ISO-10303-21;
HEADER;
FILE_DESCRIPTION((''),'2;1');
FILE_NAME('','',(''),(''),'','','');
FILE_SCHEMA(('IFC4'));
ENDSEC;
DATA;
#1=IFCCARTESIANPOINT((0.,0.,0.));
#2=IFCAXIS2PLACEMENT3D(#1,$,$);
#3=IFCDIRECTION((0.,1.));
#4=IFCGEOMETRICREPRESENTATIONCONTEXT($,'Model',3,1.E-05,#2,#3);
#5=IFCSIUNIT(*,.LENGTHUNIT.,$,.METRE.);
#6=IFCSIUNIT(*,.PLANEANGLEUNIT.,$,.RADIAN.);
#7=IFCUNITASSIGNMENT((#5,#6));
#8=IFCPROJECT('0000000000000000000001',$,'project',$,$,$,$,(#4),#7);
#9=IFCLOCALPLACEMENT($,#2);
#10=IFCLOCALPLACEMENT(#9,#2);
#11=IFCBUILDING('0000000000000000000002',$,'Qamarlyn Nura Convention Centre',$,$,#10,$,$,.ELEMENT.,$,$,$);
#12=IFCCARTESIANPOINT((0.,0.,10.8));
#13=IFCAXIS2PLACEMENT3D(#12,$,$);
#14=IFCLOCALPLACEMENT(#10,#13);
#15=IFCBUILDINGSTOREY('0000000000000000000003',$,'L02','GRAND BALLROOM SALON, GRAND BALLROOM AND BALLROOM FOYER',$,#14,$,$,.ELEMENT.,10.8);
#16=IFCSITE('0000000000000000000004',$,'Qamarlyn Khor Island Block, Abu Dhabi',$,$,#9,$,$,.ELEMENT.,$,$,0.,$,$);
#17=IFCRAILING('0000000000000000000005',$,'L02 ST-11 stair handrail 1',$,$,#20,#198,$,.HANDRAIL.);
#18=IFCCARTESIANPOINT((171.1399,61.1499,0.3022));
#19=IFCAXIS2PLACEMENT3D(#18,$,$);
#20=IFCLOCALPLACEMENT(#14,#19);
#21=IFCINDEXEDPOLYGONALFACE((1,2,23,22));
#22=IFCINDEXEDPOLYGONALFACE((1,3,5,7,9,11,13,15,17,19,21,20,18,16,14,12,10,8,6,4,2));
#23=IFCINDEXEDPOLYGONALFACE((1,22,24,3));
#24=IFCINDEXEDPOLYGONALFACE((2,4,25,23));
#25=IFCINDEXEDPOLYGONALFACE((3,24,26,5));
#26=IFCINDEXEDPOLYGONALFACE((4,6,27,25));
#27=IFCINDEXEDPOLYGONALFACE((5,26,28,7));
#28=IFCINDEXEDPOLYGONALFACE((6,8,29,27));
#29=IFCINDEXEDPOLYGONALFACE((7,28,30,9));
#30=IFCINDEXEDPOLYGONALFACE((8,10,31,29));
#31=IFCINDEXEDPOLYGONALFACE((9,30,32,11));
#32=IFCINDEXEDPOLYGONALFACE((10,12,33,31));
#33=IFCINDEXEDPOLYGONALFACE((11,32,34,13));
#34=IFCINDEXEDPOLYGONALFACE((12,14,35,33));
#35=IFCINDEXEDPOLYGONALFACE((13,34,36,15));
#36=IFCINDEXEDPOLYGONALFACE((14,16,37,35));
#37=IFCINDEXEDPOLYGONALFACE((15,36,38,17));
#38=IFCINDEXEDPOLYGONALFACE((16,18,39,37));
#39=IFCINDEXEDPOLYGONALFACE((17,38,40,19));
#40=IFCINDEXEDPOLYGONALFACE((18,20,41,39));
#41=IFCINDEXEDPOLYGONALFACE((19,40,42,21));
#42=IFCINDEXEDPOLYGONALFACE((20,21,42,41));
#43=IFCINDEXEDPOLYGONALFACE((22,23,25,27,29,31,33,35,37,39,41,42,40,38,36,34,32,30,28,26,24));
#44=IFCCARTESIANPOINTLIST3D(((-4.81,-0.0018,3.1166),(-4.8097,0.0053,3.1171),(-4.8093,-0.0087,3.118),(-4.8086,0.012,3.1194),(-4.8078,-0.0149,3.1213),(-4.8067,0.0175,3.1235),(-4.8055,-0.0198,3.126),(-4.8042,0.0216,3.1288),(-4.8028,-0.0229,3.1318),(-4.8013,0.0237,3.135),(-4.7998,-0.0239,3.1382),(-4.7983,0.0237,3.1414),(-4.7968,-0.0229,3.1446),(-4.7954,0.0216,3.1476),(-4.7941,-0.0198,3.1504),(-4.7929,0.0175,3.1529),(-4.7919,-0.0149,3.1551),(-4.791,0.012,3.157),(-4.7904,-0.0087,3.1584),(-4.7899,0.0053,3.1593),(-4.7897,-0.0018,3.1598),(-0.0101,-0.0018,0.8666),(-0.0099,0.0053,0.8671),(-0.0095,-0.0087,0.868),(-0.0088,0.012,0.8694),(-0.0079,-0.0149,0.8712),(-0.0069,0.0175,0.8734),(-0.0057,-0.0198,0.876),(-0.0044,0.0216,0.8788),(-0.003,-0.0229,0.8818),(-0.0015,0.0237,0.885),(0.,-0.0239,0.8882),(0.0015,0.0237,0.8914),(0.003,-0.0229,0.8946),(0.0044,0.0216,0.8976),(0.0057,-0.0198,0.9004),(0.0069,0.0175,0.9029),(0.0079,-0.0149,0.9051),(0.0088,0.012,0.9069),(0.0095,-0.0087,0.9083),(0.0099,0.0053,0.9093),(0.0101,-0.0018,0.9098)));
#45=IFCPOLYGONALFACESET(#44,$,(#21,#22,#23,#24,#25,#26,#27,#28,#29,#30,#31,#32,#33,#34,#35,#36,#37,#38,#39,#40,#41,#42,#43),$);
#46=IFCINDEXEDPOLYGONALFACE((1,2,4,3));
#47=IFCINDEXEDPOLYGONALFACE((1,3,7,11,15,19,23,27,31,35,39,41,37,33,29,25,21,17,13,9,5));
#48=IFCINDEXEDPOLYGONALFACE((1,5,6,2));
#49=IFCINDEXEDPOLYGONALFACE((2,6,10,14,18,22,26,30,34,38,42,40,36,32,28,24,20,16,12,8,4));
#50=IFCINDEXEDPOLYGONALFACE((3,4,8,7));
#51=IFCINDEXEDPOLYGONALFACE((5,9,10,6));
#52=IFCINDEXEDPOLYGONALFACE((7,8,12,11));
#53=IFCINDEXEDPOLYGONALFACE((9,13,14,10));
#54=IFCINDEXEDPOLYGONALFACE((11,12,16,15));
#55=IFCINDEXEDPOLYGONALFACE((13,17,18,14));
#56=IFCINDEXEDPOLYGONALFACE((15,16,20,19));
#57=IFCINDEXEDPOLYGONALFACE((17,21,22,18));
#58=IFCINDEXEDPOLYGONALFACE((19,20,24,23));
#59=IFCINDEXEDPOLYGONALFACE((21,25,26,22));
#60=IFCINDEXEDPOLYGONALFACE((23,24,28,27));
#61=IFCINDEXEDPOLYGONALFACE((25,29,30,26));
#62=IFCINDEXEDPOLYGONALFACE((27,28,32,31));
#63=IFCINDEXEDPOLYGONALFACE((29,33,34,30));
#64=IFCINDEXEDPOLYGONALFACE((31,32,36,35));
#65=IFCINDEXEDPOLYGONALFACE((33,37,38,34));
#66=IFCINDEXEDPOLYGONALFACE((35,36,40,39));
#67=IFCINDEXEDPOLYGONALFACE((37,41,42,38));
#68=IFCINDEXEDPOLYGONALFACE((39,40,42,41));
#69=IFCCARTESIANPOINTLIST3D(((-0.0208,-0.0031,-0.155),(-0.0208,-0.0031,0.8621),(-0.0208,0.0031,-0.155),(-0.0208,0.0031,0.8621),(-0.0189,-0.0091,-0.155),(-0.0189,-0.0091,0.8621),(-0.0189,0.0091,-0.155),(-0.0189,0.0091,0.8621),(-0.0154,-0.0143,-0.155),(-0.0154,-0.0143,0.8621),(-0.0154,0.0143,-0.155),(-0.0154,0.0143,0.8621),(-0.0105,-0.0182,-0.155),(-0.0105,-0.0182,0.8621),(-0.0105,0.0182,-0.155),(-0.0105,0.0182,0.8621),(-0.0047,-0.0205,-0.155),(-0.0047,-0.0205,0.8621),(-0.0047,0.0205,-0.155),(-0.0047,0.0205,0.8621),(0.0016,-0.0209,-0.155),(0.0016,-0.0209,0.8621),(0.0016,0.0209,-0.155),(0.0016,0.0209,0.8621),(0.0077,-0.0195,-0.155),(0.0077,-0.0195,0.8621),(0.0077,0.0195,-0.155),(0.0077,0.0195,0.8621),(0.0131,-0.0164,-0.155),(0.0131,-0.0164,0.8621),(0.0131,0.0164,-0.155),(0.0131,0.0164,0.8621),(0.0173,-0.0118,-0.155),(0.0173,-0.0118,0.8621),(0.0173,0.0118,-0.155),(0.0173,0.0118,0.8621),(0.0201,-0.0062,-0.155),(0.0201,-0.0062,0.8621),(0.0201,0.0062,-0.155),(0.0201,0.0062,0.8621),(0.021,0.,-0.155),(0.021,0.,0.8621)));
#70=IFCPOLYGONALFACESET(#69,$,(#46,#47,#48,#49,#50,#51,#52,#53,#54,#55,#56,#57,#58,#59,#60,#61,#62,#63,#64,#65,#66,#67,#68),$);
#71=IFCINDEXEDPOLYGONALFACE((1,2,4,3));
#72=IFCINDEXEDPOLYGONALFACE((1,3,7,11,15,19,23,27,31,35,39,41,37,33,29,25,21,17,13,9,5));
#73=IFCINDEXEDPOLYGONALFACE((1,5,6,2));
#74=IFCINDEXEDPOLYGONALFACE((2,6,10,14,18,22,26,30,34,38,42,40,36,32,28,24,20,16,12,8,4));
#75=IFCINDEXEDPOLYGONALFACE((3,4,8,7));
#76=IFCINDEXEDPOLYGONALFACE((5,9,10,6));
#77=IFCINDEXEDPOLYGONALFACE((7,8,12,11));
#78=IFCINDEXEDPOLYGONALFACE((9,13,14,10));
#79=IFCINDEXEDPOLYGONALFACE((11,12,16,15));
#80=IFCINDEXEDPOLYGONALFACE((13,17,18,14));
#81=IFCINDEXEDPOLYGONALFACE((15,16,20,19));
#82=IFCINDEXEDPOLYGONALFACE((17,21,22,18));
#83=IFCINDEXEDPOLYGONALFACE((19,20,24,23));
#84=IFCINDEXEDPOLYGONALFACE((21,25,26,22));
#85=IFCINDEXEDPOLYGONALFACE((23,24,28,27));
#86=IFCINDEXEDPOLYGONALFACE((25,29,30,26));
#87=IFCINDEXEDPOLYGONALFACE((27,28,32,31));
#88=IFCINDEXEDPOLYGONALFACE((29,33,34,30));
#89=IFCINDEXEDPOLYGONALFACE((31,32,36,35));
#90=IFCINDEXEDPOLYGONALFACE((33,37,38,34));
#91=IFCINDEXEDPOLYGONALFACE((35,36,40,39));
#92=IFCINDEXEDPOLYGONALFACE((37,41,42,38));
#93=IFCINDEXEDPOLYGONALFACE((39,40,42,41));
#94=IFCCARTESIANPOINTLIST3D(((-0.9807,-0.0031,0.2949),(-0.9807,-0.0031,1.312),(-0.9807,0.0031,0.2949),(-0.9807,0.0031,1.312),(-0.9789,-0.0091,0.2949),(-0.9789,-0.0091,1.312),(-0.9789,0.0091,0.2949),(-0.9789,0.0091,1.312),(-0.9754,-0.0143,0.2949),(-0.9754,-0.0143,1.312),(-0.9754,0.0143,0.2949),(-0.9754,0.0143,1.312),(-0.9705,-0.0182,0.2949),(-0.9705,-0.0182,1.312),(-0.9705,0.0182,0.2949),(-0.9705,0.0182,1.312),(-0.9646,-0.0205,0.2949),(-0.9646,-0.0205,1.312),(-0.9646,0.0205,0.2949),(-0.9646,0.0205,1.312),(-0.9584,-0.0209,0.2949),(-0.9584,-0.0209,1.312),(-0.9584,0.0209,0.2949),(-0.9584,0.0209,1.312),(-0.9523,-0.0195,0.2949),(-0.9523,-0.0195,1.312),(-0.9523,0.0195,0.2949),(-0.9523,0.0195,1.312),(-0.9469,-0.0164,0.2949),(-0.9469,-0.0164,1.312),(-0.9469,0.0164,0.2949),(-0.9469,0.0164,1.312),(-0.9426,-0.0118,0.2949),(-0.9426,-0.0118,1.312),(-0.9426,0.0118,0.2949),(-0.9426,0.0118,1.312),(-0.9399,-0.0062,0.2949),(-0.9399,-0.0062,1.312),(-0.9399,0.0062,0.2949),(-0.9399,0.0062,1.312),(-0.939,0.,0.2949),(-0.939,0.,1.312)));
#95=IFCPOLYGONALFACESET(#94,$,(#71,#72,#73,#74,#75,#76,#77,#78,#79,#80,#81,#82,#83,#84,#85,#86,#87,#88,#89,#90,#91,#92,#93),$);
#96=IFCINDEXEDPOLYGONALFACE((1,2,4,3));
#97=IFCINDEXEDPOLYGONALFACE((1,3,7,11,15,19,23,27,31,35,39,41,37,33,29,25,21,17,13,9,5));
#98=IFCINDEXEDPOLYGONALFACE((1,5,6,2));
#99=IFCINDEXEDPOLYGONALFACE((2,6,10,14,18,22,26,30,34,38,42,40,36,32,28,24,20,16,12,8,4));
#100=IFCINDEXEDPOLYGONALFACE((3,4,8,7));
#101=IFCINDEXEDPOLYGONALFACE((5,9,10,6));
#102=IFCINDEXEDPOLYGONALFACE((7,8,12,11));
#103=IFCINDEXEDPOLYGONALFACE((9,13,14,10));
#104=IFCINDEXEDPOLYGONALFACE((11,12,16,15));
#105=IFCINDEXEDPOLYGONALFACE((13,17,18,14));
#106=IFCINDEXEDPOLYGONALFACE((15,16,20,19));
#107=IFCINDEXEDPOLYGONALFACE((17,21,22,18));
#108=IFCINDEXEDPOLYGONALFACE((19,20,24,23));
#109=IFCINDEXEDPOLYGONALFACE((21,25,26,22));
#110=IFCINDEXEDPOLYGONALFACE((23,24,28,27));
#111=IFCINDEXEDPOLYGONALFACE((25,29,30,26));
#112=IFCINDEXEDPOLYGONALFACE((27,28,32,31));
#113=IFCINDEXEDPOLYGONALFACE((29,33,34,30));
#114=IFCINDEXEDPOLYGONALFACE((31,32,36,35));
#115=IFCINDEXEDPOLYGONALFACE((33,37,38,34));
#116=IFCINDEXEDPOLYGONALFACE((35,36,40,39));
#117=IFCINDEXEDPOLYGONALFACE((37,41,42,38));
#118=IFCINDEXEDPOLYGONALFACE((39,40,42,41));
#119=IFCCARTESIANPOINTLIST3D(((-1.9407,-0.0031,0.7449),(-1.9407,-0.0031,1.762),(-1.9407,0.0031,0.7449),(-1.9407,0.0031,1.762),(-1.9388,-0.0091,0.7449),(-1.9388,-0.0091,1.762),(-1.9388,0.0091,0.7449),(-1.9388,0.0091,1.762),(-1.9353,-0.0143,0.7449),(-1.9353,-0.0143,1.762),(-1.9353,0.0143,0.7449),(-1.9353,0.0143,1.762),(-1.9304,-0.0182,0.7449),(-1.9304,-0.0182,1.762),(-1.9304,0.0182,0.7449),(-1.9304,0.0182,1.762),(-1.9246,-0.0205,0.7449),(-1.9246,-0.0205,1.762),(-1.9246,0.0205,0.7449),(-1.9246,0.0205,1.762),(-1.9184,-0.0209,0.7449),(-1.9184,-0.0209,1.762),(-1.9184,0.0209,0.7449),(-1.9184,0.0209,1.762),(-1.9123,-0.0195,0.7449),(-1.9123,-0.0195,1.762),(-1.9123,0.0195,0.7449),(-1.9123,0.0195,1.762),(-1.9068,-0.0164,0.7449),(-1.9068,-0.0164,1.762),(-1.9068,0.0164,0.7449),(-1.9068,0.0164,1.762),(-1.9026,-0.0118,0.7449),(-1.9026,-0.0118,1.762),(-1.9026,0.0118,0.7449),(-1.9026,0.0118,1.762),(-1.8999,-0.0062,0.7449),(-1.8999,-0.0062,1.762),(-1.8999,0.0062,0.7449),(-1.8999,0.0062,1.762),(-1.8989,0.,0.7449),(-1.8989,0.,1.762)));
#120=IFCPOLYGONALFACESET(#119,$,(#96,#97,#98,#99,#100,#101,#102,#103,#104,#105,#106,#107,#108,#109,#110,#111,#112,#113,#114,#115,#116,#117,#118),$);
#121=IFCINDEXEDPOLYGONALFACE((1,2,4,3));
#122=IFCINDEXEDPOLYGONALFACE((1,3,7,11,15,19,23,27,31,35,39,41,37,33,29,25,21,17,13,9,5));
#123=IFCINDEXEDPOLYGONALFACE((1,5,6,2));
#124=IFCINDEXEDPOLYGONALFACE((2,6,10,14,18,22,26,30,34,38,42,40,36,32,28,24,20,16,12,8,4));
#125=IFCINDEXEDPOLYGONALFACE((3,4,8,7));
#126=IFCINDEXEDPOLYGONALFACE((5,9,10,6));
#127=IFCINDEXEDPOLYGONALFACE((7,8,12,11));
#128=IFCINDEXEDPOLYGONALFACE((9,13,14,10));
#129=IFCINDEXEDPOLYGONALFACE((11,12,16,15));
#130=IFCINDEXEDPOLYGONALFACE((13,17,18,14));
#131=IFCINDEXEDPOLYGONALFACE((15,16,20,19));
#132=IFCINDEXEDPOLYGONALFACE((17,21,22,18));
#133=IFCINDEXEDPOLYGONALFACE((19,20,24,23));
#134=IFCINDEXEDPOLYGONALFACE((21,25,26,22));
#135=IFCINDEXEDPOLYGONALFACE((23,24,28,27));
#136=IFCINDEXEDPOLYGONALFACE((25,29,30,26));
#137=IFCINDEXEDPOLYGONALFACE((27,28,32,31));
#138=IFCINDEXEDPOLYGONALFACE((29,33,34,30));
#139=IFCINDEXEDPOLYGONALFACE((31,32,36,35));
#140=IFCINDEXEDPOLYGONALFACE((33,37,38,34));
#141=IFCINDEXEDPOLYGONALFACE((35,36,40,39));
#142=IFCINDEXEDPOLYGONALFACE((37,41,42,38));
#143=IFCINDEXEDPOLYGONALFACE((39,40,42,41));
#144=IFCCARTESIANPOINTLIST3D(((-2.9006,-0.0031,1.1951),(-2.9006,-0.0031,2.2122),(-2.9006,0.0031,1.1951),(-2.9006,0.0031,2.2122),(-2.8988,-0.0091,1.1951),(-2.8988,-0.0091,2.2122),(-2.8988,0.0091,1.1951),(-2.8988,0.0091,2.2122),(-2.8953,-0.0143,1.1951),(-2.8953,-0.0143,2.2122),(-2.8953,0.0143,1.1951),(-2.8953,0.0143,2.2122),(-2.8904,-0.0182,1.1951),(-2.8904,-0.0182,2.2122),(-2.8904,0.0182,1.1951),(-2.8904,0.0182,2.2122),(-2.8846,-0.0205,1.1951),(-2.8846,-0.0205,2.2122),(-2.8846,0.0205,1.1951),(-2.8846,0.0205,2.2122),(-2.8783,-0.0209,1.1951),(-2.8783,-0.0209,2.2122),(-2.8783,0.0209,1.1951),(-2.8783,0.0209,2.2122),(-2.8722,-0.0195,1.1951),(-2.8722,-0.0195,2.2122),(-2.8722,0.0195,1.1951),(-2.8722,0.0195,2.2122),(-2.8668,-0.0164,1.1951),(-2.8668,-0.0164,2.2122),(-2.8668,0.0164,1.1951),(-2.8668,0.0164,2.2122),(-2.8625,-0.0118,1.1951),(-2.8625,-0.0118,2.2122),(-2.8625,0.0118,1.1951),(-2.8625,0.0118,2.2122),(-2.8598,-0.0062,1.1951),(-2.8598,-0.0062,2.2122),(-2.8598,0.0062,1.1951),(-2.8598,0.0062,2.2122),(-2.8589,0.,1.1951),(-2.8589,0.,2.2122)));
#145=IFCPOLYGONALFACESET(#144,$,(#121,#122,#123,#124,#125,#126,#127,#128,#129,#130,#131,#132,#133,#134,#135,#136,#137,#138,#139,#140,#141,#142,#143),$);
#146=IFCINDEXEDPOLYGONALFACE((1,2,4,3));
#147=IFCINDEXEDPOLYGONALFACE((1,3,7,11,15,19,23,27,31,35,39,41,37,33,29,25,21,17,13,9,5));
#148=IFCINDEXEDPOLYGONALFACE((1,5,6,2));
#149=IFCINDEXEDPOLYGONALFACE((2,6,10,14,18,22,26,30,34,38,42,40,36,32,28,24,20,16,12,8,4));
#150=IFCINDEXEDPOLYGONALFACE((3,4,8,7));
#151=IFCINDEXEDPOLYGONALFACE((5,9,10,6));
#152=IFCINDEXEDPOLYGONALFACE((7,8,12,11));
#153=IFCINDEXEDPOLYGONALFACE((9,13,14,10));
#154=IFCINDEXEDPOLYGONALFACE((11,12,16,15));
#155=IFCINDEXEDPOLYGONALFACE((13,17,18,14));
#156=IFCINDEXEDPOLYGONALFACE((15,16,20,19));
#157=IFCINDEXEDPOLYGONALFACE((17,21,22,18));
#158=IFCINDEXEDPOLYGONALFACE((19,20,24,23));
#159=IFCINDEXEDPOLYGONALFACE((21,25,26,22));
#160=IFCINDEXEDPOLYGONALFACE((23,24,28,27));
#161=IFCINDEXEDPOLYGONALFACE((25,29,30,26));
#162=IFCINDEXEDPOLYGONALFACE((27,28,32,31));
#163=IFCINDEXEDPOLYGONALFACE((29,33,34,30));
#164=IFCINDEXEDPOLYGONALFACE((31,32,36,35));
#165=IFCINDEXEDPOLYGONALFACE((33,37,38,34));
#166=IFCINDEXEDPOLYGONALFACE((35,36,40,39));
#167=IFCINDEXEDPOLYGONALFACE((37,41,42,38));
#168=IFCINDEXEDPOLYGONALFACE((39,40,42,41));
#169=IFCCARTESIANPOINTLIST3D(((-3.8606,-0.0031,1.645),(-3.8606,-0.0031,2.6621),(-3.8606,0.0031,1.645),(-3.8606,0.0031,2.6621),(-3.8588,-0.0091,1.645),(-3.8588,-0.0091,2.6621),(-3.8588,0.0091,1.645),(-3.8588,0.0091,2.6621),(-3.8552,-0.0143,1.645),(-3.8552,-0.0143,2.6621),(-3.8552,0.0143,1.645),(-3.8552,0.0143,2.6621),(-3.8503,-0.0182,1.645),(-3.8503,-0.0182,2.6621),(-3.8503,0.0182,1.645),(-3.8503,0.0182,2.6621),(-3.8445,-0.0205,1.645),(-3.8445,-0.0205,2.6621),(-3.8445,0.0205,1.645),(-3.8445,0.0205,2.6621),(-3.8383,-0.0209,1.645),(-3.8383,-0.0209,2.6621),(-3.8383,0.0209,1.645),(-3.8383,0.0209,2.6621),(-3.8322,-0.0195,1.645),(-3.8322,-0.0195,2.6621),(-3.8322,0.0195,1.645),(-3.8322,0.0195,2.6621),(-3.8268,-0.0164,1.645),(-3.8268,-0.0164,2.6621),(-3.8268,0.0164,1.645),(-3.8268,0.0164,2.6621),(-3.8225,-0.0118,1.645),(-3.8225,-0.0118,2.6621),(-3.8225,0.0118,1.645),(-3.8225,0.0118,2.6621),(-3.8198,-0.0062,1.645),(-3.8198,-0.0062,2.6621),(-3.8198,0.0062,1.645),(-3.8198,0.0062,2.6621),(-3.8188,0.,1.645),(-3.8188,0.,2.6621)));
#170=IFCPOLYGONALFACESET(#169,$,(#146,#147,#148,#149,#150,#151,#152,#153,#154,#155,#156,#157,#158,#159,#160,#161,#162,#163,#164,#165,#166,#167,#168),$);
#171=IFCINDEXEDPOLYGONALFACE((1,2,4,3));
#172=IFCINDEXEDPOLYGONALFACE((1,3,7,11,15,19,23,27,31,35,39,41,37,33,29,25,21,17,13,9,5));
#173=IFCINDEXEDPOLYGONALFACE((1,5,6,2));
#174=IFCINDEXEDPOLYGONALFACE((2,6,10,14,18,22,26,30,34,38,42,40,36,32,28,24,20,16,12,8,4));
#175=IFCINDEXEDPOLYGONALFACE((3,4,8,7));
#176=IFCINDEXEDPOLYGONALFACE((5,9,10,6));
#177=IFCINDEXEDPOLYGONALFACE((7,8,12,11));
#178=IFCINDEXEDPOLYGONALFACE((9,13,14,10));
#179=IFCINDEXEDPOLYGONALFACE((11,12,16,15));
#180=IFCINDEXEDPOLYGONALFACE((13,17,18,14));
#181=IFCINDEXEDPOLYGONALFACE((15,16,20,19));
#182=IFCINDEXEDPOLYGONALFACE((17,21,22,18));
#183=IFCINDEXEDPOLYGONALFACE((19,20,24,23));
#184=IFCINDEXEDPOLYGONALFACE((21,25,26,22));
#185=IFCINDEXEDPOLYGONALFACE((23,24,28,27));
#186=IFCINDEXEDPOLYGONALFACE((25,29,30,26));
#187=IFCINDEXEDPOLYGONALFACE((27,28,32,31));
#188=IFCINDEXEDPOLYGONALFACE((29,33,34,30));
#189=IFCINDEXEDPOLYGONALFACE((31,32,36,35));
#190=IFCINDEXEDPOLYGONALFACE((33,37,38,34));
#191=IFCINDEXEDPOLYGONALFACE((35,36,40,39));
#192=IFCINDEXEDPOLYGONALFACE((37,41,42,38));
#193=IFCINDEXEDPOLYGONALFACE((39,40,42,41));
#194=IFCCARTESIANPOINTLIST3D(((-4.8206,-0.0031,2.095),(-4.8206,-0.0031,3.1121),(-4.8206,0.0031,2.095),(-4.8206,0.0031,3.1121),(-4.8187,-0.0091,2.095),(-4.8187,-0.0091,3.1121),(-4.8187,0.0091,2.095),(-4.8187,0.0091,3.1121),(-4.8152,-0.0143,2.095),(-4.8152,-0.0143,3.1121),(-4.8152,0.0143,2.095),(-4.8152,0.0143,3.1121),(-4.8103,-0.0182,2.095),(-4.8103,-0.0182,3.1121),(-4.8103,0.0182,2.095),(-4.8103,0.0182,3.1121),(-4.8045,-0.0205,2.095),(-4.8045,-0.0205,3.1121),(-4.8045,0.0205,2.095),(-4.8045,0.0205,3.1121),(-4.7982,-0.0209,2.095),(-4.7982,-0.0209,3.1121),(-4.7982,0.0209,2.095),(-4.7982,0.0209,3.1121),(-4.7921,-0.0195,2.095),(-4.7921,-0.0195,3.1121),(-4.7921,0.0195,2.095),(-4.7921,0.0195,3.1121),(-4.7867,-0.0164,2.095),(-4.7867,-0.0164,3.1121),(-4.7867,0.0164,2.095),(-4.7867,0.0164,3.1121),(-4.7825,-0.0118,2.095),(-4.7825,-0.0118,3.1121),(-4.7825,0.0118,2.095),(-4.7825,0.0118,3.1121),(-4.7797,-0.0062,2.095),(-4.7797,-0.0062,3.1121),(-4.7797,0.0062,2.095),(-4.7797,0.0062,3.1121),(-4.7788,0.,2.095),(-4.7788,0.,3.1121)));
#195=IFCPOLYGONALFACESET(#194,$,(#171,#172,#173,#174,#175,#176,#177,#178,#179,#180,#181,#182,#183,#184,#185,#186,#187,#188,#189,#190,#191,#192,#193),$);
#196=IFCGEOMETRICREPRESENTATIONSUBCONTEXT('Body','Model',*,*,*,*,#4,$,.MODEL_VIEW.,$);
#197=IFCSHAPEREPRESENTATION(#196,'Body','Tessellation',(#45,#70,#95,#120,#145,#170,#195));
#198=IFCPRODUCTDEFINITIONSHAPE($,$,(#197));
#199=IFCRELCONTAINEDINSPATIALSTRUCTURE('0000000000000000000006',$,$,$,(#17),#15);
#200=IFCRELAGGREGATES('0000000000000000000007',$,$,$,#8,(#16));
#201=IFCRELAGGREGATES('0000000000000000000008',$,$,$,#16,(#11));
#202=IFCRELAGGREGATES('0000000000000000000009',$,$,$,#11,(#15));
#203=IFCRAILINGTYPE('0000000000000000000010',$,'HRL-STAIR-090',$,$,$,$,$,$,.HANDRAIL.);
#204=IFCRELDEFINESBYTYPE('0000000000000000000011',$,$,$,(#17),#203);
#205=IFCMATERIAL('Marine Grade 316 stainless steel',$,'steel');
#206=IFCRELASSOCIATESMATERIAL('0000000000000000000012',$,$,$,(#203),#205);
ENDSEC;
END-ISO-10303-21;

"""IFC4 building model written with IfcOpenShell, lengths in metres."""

from ifc_helpers import new_model, si_unit, direction, frame, origin, origin_2d, place, context, subcontext, project, spatial, circle, extrude, material, type_object, element, save


model = new_model("IFC4")

# Units and contexts
model_context = context("Model", 3, precision=1e-05, world=origin(), true_north=direction((0.0, 1.0)))
body_context = subcontext(model_context, "Body", "Model", "MODEL_VIEW")
ifc_project = project(units=[si_unit("LENGTHUNIT", "METRE"), si_unit("PLANEANGLEUNIT", "RADIAN")], contexts=[model_context])

# Site, building, storey
site_placement = place(None, origin())
site = spatial("IfcSite", under=ifc_project, at=site_placement, Name="Qamarlyn Khor Island Block, Abu Dhabi", CompositionType="ELEMENT", RefElevation=0.0)
building_placement = place(site_placement, origin())
building = spatial("IfcBuilding", under=site, at=building_placement, Name="Qamarlyn Nura Convention Centre", CompositionType="ELEMENT")
storey_placement = place(building_placement, frame((0.0, 0.0, 10.8)))
storey = spatial("IfcBuildingStorey", under=building, at=storey_placement, Name="L02", Description="GRAND BALLROOM SALON, GRAND BALLROOM AND BALLROOM FOYER", CompositionType="ELEMENT", Elevation=10.8)

# Railing
ifc_material_1 = material(Name="Marine Grade 316 stainless steel", Category="steel")
railing_type_1 = type_object("IfcRailingType", Name="HRL-STAIR-090", PredefinedType="HANDRAIL", material=ifc_material_1)
for number, where, name in (
    (1, (171.1399, 61.1499, 0.3022), "L02 ST-11 stair handrail 1"),
):
    element("IfcRailing", number, at=place(storey_placement, frame(where)), inside=storey, type_object=railing_type_1, Name=name, PredefinedType="HANDRAIL", context=body_context, shape_type="SweptSolid", body=[
        extrude(circle(Radius=0.0239, at=origin_2d()), frame((0.0, 0.0, 0.8882), z_axis=(-0.905452, 0.0, 0.424448), x_axis=(0.0, -1.0, 0.0)), (0.0, 0.0, 1.0), 5.301),
        extrude(circle(Radius=0.021, at=origin_2d()), frame((0.0, 0.0, -0.155)), (0.0, 0.0, 1.0), 1.0171),
        extrude(circle(Radius=0.021, at=origin_2d()), frame((-0.96, 0.0, 0.2949)), (0.0, 0.0, 1.0), 1.0171),
        extrude(circle(Radius=0.021, at=origin_2d()), frame((-1.9199, 0.0, 0.7449)), (0.0, 0.0, 1.0), 1.0171),
        extrude(circle(Radius=0.021, at=origin_2d()), frame((-2.8799, 0.0, 1.1951)), (0.0, 0.0, 1.0), 1.0171),
        extrude(circle(Radius=0.021, at=origin_2d()), frame((-3.8398, 0.0, 1.645)), (0.0, 0.0, 1.0), 1.0171),
        extrude(circle(Radius=0.021, at=origin_2d()), frame((-4.7998, 0.0, 2.095)), (0.0, 0.0, 1.0), 1.0171),
    ])

save(model, "model.ifc")
